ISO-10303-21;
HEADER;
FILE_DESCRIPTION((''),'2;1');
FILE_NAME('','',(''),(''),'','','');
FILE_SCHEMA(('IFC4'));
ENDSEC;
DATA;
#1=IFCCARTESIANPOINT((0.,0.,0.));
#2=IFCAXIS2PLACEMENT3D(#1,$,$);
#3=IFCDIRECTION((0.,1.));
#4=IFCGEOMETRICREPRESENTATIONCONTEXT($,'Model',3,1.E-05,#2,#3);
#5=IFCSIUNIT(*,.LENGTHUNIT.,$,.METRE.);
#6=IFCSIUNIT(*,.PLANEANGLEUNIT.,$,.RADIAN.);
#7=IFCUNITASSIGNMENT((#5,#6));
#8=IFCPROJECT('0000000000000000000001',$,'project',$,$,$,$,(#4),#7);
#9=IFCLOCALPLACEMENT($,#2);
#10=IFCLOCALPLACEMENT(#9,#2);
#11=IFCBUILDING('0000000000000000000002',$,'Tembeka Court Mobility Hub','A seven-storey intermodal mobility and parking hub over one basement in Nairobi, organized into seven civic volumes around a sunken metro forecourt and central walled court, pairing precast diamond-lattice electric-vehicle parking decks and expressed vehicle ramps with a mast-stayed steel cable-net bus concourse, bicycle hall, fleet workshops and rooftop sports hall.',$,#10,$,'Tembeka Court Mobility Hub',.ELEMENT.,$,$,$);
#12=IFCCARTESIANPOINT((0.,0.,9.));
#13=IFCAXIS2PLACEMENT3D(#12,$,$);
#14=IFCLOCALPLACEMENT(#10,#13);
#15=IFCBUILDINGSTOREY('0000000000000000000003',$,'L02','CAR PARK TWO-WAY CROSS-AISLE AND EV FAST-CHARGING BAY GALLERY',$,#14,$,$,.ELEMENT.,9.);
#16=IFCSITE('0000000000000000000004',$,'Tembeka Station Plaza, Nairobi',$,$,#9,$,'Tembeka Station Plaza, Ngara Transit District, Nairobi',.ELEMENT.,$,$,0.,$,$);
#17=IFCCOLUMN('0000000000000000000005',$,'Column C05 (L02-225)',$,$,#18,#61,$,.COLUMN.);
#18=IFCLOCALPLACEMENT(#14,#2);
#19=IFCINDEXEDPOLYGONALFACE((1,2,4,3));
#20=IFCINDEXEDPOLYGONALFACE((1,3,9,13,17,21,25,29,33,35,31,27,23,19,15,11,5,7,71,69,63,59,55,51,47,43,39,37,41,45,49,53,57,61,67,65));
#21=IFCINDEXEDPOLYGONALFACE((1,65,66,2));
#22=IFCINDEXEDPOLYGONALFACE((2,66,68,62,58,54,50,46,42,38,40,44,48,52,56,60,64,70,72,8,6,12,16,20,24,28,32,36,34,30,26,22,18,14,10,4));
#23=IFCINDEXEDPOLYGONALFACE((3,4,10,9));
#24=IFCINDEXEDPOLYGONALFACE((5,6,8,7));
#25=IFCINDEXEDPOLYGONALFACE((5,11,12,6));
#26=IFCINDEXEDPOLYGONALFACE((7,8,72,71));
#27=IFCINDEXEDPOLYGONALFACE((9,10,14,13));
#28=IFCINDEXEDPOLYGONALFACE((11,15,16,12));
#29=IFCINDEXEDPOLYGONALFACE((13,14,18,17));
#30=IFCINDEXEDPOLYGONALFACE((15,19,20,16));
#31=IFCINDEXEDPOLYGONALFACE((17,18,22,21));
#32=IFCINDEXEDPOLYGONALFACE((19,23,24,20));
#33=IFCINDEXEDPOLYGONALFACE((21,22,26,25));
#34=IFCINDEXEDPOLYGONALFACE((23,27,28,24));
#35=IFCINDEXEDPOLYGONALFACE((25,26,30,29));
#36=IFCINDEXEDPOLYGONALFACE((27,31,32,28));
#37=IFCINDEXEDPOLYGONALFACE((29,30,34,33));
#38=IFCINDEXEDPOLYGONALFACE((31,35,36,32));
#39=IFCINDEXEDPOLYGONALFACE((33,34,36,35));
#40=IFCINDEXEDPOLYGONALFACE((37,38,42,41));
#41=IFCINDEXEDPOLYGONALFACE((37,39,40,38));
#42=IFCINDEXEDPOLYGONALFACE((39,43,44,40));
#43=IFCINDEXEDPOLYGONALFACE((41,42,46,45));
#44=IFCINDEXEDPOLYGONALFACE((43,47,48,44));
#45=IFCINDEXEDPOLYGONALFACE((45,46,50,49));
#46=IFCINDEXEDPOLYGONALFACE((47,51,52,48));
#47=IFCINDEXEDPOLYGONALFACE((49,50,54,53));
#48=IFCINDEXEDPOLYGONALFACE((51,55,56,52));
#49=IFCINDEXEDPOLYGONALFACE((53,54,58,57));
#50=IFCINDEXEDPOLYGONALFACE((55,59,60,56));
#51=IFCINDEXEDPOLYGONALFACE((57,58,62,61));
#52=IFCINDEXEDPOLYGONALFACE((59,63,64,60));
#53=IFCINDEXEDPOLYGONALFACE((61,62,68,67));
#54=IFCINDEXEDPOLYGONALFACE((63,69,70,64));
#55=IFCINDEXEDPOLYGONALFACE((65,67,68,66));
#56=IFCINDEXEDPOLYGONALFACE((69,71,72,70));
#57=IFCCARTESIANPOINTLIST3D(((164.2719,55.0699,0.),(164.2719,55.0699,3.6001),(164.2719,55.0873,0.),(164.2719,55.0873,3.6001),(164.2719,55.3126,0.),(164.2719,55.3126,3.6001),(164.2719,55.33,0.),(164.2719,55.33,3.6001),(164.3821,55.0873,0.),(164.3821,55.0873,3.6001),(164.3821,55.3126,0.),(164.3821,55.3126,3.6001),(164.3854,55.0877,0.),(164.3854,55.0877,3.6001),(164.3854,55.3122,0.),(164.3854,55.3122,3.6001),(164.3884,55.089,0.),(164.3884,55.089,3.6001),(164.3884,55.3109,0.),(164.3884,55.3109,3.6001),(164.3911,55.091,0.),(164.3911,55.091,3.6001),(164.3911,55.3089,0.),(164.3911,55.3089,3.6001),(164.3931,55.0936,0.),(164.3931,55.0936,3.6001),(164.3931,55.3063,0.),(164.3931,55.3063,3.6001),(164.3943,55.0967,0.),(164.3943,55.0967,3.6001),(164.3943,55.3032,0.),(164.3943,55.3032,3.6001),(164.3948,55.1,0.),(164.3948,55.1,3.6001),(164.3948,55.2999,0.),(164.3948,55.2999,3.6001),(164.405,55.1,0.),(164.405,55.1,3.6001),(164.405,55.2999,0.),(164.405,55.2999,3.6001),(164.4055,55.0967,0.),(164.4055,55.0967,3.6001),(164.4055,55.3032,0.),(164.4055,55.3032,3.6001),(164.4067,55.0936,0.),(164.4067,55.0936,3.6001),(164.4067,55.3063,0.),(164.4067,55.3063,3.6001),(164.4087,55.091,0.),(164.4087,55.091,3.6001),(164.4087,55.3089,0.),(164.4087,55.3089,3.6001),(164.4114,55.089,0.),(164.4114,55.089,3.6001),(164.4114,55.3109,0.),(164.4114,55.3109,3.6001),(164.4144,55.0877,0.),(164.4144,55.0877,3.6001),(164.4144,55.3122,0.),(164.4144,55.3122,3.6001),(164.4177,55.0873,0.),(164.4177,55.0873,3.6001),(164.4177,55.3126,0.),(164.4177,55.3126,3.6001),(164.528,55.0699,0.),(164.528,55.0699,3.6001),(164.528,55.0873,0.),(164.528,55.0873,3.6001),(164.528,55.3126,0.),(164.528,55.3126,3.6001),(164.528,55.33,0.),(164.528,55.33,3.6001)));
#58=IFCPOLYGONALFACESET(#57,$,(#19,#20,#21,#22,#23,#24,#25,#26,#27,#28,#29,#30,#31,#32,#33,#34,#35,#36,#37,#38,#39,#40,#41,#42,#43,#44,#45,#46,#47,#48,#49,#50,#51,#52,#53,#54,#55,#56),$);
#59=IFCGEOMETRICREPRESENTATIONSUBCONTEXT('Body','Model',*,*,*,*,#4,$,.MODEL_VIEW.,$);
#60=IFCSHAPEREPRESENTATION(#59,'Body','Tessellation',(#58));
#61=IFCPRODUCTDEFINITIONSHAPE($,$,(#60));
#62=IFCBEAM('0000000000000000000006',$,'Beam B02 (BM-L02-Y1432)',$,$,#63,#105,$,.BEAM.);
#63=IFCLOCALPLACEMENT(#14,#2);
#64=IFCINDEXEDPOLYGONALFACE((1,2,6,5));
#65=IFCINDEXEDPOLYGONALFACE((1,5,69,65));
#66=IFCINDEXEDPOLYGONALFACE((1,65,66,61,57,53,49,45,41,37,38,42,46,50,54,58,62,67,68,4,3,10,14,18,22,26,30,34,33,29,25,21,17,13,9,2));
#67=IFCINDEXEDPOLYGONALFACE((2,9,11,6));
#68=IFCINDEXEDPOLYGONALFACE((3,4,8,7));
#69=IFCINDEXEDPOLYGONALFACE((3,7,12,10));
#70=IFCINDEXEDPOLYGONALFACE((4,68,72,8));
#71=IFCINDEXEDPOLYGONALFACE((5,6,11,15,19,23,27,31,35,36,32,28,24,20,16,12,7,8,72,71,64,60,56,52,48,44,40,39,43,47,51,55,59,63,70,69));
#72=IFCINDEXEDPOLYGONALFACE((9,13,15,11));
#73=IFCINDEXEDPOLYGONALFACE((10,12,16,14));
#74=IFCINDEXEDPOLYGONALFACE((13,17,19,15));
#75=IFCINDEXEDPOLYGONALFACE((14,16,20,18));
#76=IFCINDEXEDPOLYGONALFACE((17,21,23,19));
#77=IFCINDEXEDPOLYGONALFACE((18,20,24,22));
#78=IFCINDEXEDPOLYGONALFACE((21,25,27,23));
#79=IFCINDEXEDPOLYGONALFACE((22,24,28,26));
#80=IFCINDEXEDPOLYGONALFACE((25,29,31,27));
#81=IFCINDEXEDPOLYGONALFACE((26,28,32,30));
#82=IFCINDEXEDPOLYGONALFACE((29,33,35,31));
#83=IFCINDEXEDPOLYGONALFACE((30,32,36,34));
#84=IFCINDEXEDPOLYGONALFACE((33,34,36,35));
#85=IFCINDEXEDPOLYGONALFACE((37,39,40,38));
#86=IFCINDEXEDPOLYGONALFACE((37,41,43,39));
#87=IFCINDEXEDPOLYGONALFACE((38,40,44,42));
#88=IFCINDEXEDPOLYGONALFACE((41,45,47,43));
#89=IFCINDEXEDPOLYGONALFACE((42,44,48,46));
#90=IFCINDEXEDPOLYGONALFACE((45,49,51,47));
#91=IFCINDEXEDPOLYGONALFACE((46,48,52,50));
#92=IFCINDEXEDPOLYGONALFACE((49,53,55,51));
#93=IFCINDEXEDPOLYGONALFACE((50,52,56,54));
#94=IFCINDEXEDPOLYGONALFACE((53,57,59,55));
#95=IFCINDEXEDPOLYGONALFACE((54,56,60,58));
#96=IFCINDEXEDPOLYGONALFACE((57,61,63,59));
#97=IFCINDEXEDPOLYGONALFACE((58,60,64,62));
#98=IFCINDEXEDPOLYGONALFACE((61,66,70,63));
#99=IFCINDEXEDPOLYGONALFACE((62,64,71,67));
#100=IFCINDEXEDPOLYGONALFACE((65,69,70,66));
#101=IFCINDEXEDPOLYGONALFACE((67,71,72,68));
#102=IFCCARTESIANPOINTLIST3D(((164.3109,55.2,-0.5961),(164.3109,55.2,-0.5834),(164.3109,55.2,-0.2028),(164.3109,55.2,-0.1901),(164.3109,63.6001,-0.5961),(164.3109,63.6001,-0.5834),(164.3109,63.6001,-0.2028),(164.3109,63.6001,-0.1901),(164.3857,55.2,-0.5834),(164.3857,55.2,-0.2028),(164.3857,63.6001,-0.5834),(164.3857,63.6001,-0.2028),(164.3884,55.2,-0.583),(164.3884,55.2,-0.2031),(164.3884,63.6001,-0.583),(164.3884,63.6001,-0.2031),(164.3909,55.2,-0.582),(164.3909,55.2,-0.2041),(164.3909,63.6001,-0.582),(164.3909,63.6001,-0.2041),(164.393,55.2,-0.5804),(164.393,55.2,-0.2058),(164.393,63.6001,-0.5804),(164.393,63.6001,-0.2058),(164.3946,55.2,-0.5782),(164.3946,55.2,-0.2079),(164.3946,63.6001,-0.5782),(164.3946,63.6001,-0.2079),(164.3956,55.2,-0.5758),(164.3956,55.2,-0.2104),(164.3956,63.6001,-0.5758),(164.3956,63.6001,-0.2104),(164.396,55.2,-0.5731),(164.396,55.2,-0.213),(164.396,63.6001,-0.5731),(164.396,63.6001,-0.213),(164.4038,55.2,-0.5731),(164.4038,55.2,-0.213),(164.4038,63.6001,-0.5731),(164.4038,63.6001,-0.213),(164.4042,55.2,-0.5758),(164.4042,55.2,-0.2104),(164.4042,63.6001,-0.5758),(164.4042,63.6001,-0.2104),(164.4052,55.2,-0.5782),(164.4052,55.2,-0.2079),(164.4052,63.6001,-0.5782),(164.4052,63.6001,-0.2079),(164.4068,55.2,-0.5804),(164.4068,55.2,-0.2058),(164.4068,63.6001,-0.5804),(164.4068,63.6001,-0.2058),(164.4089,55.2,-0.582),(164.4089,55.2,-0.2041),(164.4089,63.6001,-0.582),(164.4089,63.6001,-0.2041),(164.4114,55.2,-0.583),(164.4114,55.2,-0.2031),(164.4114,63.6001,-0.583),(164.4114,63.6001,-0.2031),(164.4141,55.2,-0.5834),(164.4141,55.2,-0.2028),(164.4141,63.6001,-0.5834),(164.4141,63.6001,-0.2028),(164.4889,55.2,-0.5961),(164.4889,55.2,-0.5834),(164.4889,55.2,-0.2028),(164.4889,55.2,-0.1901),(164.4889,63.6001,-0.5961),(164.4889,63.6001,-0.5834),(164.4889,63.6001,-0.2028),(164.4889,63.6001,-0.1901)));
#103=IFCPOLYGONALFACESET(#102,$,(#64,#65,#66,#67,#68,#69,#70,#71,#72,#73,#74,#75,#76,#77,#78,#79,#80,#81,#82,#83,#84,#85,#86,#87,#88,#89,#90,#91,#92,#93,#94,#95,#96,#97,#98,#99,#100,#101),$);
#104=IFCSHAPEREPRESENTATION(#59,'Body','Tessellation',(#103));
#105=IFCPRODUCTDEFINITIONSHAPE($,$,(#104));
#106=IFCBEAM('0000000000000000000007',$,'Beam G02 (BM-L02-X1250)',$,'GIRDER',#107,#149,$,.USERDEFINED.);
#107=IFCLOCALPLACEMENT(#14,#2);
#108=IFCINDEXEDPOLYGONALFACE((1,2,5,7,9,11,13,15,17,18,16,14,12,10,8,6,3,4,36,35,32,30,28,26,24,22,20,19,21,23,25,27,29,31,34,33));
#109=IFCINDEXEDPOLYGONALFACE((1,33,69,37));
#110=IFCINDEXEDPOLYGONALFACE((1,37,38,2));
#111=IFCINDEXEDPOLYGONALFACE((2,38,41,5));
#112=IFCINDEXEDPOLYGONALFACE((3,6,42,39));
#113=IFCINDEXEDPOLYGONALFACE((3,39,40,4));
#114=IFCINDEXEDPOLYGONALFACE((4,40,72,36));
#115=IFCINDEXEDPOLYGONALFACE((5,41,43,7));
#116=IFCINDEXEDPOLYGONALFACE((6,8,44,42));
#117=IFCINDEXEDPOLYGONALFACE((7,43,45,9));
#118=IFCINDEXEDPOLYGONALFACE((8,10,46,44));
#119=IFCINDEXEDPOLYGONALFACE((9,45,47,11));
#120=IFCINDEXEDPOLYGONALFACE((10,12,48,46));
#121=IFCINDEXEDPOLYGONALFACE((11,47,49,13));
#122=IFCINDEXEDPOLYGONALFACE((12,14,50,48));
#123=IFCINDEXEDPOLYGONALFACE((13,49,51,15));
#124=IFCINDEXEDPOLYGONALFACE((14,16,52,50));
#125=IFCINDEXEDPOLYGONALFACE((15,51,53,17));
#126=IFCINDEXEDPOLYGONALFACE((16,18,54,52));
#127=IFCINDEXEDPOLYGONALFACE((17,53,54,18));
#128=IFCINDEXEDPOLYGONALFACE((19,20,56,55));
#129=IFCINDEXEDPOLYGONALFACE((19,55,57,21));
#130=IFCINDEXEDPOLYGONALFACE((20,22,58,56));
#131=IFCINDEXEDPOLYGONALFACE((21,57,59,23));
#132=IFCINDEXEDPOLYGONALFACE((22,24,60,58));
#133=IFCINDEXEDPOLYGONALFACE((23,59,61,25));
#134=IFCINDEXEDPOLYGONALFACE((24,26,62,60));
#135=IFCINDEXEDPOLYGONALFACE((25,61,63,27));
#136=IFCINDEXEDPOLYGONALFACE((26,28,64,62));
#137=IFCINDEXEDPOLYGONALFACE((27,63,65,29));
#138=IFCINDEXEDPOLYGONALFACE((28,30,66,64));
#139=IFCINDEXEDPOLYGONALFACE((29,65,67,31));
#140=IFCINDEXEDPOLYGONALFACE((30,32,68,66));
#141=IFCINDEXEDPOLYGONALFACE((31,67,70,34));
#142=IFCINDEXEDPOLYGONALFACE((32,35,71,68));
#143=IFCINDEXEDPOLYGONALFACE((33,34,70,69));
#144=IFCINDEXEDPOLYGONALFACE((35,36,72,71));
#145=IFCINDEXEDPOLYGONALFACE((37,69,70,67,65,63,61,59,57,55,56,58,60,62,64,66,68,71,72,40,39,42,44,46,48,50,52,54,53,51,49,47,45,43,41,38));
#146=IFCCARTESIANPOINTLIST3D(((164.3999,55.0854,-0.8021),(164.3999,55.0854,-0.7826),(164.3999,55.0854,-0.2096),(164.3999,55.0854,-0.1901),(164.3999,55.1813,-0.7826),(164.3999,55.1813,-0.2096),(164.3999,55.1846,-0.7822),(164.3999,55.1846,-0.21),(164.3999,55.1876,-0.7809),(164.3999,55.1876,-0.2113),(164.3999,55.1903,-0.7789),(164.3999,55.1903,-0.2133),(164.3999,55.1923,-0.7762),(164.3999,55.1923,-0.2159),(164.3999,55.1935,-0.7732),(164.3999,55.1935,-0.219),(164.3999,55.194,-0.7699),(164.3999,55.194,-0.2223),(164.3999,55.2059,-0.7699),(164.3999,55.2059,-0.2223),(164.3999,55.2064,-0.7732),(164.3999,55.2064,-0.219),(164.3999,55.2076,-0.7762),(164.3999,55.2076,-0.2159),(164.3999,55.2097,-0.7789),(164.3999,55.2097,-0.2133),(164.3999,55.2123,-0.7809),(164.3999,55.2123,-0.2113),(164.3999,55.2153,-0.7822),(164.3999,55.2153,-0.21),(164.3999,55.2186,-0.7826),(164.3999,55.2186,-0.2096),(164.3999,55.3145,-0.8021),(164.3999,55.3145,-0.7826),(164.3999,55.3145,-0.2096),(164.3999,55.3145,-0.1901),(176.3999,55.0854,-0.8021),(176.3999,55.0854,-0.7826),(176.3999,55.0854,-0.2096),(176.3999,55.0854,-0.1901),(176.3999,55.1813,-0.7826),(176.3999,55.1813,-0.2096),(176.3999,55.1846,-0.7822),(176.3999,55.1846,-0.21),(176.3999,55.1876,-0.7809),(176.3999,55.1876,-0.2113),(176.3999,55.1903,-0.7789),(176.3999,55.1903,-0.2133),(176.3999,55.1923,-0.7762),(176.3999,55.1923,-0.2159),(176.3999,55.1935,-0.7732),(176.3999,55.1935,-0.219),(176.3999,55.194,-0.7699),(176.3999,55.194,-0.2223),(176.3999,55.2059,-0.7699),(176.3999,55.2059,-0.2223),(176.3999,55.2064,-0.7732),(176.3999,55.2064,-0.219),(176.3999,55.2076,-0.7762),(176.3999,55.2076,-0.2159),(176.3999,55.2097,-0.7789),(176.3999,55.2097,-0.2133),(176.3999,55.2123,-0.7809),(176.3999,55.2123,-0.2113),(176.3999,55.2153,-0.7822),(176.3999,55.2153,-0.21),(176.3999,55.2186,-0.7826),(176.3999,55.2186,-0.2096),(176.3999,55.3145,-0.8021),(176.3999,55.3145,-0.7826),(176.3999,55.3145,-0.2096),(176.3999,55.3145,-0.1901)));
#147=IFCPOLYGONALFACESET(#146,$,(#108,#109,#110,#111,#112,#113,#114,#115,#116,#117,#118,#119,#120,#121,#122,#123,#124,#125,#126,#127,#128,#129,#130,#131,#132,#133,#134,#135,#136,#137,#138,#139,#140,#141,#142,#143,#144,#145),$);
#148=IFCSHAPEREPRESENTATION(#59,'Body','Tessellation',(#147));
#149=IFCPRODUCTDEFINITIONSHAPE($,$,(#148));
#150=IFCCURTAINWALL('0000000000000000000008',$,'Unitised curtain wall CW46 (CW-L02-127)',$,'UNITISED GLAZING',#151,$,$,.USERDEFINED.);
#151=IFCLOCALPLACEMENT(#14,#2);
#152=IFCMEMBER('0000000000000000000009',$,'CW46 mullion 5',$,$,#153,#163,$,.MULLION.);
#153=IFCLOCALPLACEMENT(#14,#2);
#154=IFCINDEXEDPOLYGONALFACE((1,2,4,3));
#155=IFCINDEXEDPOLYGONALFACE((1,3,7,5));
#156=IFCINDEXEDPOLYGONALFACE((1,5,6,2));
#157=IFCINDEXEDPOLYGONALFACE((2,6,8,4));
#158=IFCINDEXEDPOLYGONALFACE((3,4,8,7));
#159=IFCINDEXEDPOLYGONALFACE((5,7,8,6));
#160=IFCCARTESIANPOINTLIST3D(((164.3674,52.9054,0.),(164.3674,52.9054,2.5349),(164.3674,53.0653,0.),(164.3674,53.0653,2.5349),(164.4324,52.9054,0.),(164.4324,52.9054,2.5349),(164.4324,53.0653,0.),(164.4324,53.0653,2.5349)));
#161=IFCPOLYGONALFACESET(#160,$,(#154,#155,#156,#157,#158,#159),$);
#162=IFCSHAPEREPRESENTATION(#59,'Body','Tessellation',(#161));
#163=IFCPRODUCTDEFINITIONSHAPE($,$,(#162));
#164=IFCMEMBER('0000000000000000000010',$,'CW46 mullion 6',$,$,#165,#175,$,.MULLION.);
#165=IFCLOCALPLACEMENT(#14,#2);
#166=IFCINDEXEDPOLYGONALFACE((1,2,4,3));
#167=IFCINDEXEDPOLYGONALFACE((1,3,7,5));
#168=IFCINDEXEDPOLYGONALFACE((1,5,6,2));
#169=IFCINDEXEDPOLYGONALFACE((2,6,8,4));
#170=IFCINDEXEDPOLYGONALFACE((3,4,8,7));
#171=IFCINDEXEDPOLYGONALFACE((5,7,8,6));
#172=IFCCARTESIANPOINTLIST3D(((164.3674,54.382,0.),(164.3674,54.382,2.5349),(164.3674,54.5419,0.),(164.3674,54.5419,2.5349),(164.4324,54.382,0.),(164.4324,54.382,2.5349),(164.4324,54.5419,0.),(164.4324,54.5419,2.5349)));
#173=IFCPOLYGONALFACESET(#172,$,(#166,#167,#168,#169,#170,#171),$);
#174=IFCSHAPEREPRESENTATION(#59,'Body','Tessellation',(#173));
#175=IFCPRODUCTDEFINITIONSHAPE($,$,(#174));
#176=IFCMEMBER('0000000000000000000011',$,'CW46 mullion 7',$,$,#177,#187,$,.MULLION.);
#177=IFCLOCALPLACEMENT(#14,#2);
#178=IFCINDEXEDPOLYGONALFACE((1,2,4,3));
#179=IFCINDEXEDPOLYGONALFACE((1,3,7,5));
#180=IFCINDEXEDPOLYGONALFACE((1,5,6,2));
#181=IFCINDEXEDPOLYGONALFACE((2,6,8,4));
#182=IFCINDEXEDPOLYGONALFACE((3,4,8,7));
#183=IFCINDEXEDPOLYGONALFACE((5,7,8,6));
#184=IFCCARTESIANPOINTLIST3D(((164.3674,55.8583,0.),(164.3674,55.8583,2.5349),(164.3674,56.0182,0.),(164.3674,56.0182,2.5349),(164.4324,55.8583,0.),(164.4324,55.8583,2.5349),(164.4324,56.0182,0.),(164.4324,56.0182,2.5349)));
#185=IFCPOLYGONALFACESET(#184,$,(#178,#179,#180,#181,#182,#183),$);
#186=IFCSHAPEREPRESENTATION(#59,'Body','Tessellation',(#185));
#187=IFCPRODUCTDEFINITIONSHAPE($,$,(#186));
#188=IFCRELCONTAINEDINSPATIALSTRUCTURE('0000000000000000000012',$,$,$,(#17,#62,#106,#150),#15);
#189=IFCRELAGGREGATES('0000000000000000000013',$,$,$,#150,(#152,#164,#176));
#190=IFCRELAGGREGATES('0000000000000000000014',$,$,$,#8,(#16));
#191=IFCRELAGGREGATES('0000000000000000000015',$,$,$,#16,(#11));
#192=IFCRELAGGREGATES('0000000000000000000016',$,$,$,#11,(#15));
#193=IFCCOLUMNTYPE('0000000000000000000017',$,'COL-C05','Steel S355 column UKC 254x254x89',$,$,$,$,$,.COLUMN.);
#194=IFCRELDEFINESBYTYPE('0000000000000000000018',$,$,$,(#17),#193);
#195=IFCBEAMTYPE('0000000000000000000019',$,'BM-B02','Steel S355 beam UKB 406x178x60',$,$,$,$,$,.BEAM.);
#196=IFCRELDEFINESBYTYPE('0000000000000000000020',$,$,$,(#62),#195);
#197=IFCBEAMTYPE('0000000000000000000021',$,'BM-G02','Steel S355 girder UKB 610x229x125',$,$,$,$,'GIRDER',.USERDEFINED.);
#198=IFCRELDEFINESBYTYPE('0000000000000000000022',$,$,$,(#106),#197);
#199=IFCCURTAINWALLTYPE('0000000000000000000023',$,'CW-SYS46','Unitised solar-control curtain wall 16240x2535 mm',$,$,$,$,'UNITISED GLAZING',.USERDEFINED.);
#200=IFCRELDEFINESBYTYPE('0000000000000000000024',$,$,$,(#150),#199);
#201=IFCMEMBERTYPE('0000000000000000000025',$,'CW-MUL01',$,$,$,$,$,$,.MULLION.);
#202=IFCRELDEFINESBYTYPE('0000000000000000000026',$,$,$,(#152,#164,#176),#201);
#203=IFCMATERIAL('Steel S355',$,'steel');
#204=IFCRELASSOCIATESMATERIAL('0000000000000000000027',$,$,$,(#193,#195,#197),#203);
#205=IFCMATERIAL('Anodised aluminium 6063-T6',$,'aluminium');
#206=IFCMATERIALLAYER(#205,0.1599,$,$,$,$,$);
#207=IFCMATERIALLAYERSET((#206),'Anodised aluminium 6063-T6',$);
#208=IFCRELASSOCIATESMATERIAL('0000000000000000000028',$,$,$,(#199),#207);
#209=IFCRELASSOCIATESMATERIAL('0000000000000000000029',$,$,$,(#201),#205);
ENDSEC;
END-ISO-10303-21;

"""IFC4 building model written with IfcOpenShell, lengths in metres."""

from ifc_helpers import new_model, si_unit, direction, frame, origin, origin_2d, place, context, subcontext, project, spatial, rectangle, i_section, extrude, material, layer, layer_set, material_profile, profile_set, type_object, element, aggregate, save


model = new_model("IFC4")

# Units and contexts
model_context = context("Model", 3, precision=1e-05, world=origin(), true_north=direction((0.0, 1.0)))
body_context = subcontext(model_context, "Body", "Model", "MODEL_VIEW")
ifc_project = project(units=[si_unit("LENGTHUNIT", "METRE"), si_unit("PLANEANGLEUNIT", "RADIAN")], contexts=[model_context])

# Site, building, storey
site_placement = place(None, origin())
site = spatial("IfcSite", under=ifc_project, at=site_placement, Name="Tembeka Station Plaza, Nairobi", LongName="Tembeka Station Plaza, Ngara Transit District, Nairobi", CompositionType="ELEMENT", RefElevation=0.0)
building_placement = place(site_placement, origin())
building = spatial("IfcBuilding", under=site, at=building_placement, Name="Tembeka Court Mobility Hub", Description="A seven-storey intermodal mobility and parking hub over one basement in Nairobi, organized into seven civic volumes around a sunken metro forecourt and central walled court, pairing precast diamond-lattice electric-vehicle parking decks and expressed vehicle ramps with a mast-stayed steel cable-net bus concourse, bicycle hall, fleet workshops and rooftop sports hall.", LongName="Tembeka Court Mobility Hub", CompositionType="ELEMENT")
storey_placement = place(building_placement, frame((0.0, 0.0, 9.0)))
storey = spatial("IfcBuildingStorey", under=building, at=storey_placement, Name="L02", Description="CAR PARK TWO-WAY CROSS-AISLE AND EV FAST-CHARGING BAY GALLERY", CompositionType="ELEMENT", Elevation=9.0)

# Column
ifc_material_1 = material(Name="Steel S355", Category="steel")
ifc_material_profile_1 = material_profile(ifc_material_1, i_section(OverallWidth=0.2561, OverallDepth=0.26, WebThickness=0.0103, FlangeThickness=0.0173, FilletRadius=0.0127, at=origin_2d()), Name="UKC 254x254x89")
ifc_profile_set_1 = profile_set([ifc_material_profile_1], Name="Steel S355")
column_type = type_object("IfcColumnType", Name="COL-C05", Description="Steel S355 column UKC 254x254x89", PredefinedType="COLUMN", material=ifc_profile_set_1)
column_placement = place(storey_placement, frame((164.3999, 55.2, 0.0), z_axis=(0.0, 0.0, 1.0), x_axis=(1.0, 0.0, 0.0)))
element("IfcColumn", 1, at=column_placement, inside=storey, type_object=column_type, Name="Column C05 (L02-225)", PredefinedType="COLUMN", context=body_context, shape_type="SweptSolid", body=[
    extrude(i_section(OverallWidth=0.2561, OverallDepth=0.26, WebThickness=0.0103, FlangeThickness=0.0173, FilletRadius=0.0127, at=origin_2d()), origin(), (0.0, 0.0, 1.0), 3.6001),
])

# Beams
ifc_material_profile_2 = material_profile(ifc_material_1, i_section(OverallWidth=0.178, OverallDepth=0.406, WebThickness=0.0078, FlangeThickness=0.0127, FilletRadius=0.0103, at=origin_2d()), Name="UKB 406x178x60")
ifc_profile_set_2 = profile_set([ifc_material_profile_2], Name="Steel S355")
beam_type_1 = type_object("IfcBeamType", Name="BM-B02", Description="Steel S355 beam UKB 406x178x60", PredefinedType="BEAM", material=ifc_profile_set_2)
beam_1_placement = place(storey_placement, frame((164.3999, 55.2, -0.3931), z_axis=(0.0, 1.0, 0.0), x_axis=(-1.0, 0.0, 0.0)))
element("IfcBeam", 2, at=beam_1_placement, inside=storey, type_object=beam_type_1, Name="Beam B02 (BM-L02-Y1432)", PredefinedType="BEAM", context=body_context, shape_type="SweptSolid", body=[
    extrude(i_section(OverallWidth=0.178, OverallDepth=0.406, WebThickness=0.0078, FlangeThickness=0.0127, FilletRadius=0.0103, at=origin_2d()), origin(), (0.0, 0.0, 1.0), 8.4001),
])
ifc_material_profile_3 = material_profile(ifc_material_1, i_section(OverallWidth=0.229, OverallDepth=0.6121, WebThickness=0.012, FlangeThickness=0.0195, FilletRadius=0.0127, at=origin_2d()), Name="UKB 610x229x125")
ifc_profile_set_3 = profile_set([ifc_material_profile_3], Name="Steel S355")
beam_type_2 = type_object("IfcBeamType", Name="BM-G02", Description="Steel S355 girder UKB 610x229x125", ElementType="GIRDER", PredefinedType="USERDEFINED", material=ifc_profile_set_3)
beam_2_placement = place(storey_placement, frame((164.3999, 55.2, -0.4961), z_axis=(1.0, 0.0, 0.0), x_axis=(0.0, 1.0, 0.0)))
element("IfcBeam", 3, at=beam_2_placement, inside=storey, type_object=beam_type_2, Name="Beam G02 (BM-L02-X1250)", ObjectType="GIRDER", PredefinedType="USERDEFINED", context=body_context, shape_type="SweptSolid", body=[
    extrude(i_section(OverallWidth=0.229, OverallDepth=0.6121, WebThickness=0.012, FlangeThickness=0.0195, FilletRadius=0.0127, at=origin_2d()), origin(), (0.0, 0.0, 1.0), 12.0),
])

# Curtain wall, members
ifc_material_2 = material(Name="Anodised aluminium 6063-T6", Category="aluminium")
ifc_layer_1 = layer(ifc_material_2, 0.1599)
ifc_layer_set_1 = layer_set([ifc_layer_1], Name="Anodised aluminium 6063-T6")
curtain_wall_type = type_object("IfcCurtainWallType", Name="CW-SYS46", Description="Unitised solar-control curtain wall 16240x2535 mm", ElementType="UNITISED GLAZING", PredefinedType="USERDEFINED", material=ifc_layer_set_1)
curtain_wall_placement = place(storey_placement, origin())
curtain_wall = element("IfcCurtainWall", 4, at=curtain_wall_placement, inside=storey, type_object=curtain_wall_type, Name="Unitised curtain wall CW46 (CW-L02-127)", ObjectType="UNITISED GLAZING", PredefinedType="USERDEFINED")
ifc_material_profile_4 = material_profile(ifc_material_2, rectangle(XDim=0.0649, YDim=0.1599, at=origin_2d()), Name="ALU-MUL 65x160")
ifc_profile_set_4 = profile_set([ifc_material_profile_4], Name="Anodised aluminium 6063-T6")
member_type_1 = type_object("IfcMemberType", Name="CW-MUL01", PredefinedType="MULLION", material=ifc_profile_set_4)
member_1_placement = place(storey_placement, frame((164.3999, 52.9854, 0.0), z_axis=(0.0, 0.0, 1.0), x_axis=(-1.0, 0.0, 0.0)))
member_1 = element("IfcMember", 5, at=member_1_placement, type_object=member_type_1, Name="CW46 mullion 5", PredefinedType="MULLION", context=body_context, shape_type="SweptSolid", body=[
    extrude(rectangle(XDim=0.0649, YDim=0.1599, at=origin_2d()), origin(), (0.0, 0.0, 1.0), 2.5349),
])
member_2_placement = place(storey_placement, frame((164.3999, 54.4619, 0.0), z_axis=(0.0, 0.0, 1.0), x_axis=(-1.0, 0.0, 0.0)))
member_2 = element("IfcMember", 6, at=member_2_placement, type_object=member_type_1, Name="CW46 mullion 6", PredefinedType="MULLION", context=body_context, shape_type="SweptSolid", body=[
    extrude(rectangle(XDim=0.0649, YDim=0.1599, at=origin_2d()), origin(), (0.0, 0.0, 1.0), 2.5349),
])
member_3_placement = place(storey_placement, frame((164.3999, 55.9382, 0.0), z_axis=(0.0, 0.0, 1.0), x_axis=(-1.0, 0.0, 0.0)))
member_3 = element("IfcMember", 7, at=member_3_placement, type_object=member_type_1, Name="CW46 mullion 7", PredefinedType="MULLION", context=body_context, shape_type="SweptSolid", body=[
    extrude(rectangle(XDim=0.0649, YDim=0.1599, at=origin_2d()), origin(), (0.0, 0.0, 1.0), 2.5349),
])
aggregate(curtain_wall, [member_1, member_2, member_3])

save(model, "model.ifc")
